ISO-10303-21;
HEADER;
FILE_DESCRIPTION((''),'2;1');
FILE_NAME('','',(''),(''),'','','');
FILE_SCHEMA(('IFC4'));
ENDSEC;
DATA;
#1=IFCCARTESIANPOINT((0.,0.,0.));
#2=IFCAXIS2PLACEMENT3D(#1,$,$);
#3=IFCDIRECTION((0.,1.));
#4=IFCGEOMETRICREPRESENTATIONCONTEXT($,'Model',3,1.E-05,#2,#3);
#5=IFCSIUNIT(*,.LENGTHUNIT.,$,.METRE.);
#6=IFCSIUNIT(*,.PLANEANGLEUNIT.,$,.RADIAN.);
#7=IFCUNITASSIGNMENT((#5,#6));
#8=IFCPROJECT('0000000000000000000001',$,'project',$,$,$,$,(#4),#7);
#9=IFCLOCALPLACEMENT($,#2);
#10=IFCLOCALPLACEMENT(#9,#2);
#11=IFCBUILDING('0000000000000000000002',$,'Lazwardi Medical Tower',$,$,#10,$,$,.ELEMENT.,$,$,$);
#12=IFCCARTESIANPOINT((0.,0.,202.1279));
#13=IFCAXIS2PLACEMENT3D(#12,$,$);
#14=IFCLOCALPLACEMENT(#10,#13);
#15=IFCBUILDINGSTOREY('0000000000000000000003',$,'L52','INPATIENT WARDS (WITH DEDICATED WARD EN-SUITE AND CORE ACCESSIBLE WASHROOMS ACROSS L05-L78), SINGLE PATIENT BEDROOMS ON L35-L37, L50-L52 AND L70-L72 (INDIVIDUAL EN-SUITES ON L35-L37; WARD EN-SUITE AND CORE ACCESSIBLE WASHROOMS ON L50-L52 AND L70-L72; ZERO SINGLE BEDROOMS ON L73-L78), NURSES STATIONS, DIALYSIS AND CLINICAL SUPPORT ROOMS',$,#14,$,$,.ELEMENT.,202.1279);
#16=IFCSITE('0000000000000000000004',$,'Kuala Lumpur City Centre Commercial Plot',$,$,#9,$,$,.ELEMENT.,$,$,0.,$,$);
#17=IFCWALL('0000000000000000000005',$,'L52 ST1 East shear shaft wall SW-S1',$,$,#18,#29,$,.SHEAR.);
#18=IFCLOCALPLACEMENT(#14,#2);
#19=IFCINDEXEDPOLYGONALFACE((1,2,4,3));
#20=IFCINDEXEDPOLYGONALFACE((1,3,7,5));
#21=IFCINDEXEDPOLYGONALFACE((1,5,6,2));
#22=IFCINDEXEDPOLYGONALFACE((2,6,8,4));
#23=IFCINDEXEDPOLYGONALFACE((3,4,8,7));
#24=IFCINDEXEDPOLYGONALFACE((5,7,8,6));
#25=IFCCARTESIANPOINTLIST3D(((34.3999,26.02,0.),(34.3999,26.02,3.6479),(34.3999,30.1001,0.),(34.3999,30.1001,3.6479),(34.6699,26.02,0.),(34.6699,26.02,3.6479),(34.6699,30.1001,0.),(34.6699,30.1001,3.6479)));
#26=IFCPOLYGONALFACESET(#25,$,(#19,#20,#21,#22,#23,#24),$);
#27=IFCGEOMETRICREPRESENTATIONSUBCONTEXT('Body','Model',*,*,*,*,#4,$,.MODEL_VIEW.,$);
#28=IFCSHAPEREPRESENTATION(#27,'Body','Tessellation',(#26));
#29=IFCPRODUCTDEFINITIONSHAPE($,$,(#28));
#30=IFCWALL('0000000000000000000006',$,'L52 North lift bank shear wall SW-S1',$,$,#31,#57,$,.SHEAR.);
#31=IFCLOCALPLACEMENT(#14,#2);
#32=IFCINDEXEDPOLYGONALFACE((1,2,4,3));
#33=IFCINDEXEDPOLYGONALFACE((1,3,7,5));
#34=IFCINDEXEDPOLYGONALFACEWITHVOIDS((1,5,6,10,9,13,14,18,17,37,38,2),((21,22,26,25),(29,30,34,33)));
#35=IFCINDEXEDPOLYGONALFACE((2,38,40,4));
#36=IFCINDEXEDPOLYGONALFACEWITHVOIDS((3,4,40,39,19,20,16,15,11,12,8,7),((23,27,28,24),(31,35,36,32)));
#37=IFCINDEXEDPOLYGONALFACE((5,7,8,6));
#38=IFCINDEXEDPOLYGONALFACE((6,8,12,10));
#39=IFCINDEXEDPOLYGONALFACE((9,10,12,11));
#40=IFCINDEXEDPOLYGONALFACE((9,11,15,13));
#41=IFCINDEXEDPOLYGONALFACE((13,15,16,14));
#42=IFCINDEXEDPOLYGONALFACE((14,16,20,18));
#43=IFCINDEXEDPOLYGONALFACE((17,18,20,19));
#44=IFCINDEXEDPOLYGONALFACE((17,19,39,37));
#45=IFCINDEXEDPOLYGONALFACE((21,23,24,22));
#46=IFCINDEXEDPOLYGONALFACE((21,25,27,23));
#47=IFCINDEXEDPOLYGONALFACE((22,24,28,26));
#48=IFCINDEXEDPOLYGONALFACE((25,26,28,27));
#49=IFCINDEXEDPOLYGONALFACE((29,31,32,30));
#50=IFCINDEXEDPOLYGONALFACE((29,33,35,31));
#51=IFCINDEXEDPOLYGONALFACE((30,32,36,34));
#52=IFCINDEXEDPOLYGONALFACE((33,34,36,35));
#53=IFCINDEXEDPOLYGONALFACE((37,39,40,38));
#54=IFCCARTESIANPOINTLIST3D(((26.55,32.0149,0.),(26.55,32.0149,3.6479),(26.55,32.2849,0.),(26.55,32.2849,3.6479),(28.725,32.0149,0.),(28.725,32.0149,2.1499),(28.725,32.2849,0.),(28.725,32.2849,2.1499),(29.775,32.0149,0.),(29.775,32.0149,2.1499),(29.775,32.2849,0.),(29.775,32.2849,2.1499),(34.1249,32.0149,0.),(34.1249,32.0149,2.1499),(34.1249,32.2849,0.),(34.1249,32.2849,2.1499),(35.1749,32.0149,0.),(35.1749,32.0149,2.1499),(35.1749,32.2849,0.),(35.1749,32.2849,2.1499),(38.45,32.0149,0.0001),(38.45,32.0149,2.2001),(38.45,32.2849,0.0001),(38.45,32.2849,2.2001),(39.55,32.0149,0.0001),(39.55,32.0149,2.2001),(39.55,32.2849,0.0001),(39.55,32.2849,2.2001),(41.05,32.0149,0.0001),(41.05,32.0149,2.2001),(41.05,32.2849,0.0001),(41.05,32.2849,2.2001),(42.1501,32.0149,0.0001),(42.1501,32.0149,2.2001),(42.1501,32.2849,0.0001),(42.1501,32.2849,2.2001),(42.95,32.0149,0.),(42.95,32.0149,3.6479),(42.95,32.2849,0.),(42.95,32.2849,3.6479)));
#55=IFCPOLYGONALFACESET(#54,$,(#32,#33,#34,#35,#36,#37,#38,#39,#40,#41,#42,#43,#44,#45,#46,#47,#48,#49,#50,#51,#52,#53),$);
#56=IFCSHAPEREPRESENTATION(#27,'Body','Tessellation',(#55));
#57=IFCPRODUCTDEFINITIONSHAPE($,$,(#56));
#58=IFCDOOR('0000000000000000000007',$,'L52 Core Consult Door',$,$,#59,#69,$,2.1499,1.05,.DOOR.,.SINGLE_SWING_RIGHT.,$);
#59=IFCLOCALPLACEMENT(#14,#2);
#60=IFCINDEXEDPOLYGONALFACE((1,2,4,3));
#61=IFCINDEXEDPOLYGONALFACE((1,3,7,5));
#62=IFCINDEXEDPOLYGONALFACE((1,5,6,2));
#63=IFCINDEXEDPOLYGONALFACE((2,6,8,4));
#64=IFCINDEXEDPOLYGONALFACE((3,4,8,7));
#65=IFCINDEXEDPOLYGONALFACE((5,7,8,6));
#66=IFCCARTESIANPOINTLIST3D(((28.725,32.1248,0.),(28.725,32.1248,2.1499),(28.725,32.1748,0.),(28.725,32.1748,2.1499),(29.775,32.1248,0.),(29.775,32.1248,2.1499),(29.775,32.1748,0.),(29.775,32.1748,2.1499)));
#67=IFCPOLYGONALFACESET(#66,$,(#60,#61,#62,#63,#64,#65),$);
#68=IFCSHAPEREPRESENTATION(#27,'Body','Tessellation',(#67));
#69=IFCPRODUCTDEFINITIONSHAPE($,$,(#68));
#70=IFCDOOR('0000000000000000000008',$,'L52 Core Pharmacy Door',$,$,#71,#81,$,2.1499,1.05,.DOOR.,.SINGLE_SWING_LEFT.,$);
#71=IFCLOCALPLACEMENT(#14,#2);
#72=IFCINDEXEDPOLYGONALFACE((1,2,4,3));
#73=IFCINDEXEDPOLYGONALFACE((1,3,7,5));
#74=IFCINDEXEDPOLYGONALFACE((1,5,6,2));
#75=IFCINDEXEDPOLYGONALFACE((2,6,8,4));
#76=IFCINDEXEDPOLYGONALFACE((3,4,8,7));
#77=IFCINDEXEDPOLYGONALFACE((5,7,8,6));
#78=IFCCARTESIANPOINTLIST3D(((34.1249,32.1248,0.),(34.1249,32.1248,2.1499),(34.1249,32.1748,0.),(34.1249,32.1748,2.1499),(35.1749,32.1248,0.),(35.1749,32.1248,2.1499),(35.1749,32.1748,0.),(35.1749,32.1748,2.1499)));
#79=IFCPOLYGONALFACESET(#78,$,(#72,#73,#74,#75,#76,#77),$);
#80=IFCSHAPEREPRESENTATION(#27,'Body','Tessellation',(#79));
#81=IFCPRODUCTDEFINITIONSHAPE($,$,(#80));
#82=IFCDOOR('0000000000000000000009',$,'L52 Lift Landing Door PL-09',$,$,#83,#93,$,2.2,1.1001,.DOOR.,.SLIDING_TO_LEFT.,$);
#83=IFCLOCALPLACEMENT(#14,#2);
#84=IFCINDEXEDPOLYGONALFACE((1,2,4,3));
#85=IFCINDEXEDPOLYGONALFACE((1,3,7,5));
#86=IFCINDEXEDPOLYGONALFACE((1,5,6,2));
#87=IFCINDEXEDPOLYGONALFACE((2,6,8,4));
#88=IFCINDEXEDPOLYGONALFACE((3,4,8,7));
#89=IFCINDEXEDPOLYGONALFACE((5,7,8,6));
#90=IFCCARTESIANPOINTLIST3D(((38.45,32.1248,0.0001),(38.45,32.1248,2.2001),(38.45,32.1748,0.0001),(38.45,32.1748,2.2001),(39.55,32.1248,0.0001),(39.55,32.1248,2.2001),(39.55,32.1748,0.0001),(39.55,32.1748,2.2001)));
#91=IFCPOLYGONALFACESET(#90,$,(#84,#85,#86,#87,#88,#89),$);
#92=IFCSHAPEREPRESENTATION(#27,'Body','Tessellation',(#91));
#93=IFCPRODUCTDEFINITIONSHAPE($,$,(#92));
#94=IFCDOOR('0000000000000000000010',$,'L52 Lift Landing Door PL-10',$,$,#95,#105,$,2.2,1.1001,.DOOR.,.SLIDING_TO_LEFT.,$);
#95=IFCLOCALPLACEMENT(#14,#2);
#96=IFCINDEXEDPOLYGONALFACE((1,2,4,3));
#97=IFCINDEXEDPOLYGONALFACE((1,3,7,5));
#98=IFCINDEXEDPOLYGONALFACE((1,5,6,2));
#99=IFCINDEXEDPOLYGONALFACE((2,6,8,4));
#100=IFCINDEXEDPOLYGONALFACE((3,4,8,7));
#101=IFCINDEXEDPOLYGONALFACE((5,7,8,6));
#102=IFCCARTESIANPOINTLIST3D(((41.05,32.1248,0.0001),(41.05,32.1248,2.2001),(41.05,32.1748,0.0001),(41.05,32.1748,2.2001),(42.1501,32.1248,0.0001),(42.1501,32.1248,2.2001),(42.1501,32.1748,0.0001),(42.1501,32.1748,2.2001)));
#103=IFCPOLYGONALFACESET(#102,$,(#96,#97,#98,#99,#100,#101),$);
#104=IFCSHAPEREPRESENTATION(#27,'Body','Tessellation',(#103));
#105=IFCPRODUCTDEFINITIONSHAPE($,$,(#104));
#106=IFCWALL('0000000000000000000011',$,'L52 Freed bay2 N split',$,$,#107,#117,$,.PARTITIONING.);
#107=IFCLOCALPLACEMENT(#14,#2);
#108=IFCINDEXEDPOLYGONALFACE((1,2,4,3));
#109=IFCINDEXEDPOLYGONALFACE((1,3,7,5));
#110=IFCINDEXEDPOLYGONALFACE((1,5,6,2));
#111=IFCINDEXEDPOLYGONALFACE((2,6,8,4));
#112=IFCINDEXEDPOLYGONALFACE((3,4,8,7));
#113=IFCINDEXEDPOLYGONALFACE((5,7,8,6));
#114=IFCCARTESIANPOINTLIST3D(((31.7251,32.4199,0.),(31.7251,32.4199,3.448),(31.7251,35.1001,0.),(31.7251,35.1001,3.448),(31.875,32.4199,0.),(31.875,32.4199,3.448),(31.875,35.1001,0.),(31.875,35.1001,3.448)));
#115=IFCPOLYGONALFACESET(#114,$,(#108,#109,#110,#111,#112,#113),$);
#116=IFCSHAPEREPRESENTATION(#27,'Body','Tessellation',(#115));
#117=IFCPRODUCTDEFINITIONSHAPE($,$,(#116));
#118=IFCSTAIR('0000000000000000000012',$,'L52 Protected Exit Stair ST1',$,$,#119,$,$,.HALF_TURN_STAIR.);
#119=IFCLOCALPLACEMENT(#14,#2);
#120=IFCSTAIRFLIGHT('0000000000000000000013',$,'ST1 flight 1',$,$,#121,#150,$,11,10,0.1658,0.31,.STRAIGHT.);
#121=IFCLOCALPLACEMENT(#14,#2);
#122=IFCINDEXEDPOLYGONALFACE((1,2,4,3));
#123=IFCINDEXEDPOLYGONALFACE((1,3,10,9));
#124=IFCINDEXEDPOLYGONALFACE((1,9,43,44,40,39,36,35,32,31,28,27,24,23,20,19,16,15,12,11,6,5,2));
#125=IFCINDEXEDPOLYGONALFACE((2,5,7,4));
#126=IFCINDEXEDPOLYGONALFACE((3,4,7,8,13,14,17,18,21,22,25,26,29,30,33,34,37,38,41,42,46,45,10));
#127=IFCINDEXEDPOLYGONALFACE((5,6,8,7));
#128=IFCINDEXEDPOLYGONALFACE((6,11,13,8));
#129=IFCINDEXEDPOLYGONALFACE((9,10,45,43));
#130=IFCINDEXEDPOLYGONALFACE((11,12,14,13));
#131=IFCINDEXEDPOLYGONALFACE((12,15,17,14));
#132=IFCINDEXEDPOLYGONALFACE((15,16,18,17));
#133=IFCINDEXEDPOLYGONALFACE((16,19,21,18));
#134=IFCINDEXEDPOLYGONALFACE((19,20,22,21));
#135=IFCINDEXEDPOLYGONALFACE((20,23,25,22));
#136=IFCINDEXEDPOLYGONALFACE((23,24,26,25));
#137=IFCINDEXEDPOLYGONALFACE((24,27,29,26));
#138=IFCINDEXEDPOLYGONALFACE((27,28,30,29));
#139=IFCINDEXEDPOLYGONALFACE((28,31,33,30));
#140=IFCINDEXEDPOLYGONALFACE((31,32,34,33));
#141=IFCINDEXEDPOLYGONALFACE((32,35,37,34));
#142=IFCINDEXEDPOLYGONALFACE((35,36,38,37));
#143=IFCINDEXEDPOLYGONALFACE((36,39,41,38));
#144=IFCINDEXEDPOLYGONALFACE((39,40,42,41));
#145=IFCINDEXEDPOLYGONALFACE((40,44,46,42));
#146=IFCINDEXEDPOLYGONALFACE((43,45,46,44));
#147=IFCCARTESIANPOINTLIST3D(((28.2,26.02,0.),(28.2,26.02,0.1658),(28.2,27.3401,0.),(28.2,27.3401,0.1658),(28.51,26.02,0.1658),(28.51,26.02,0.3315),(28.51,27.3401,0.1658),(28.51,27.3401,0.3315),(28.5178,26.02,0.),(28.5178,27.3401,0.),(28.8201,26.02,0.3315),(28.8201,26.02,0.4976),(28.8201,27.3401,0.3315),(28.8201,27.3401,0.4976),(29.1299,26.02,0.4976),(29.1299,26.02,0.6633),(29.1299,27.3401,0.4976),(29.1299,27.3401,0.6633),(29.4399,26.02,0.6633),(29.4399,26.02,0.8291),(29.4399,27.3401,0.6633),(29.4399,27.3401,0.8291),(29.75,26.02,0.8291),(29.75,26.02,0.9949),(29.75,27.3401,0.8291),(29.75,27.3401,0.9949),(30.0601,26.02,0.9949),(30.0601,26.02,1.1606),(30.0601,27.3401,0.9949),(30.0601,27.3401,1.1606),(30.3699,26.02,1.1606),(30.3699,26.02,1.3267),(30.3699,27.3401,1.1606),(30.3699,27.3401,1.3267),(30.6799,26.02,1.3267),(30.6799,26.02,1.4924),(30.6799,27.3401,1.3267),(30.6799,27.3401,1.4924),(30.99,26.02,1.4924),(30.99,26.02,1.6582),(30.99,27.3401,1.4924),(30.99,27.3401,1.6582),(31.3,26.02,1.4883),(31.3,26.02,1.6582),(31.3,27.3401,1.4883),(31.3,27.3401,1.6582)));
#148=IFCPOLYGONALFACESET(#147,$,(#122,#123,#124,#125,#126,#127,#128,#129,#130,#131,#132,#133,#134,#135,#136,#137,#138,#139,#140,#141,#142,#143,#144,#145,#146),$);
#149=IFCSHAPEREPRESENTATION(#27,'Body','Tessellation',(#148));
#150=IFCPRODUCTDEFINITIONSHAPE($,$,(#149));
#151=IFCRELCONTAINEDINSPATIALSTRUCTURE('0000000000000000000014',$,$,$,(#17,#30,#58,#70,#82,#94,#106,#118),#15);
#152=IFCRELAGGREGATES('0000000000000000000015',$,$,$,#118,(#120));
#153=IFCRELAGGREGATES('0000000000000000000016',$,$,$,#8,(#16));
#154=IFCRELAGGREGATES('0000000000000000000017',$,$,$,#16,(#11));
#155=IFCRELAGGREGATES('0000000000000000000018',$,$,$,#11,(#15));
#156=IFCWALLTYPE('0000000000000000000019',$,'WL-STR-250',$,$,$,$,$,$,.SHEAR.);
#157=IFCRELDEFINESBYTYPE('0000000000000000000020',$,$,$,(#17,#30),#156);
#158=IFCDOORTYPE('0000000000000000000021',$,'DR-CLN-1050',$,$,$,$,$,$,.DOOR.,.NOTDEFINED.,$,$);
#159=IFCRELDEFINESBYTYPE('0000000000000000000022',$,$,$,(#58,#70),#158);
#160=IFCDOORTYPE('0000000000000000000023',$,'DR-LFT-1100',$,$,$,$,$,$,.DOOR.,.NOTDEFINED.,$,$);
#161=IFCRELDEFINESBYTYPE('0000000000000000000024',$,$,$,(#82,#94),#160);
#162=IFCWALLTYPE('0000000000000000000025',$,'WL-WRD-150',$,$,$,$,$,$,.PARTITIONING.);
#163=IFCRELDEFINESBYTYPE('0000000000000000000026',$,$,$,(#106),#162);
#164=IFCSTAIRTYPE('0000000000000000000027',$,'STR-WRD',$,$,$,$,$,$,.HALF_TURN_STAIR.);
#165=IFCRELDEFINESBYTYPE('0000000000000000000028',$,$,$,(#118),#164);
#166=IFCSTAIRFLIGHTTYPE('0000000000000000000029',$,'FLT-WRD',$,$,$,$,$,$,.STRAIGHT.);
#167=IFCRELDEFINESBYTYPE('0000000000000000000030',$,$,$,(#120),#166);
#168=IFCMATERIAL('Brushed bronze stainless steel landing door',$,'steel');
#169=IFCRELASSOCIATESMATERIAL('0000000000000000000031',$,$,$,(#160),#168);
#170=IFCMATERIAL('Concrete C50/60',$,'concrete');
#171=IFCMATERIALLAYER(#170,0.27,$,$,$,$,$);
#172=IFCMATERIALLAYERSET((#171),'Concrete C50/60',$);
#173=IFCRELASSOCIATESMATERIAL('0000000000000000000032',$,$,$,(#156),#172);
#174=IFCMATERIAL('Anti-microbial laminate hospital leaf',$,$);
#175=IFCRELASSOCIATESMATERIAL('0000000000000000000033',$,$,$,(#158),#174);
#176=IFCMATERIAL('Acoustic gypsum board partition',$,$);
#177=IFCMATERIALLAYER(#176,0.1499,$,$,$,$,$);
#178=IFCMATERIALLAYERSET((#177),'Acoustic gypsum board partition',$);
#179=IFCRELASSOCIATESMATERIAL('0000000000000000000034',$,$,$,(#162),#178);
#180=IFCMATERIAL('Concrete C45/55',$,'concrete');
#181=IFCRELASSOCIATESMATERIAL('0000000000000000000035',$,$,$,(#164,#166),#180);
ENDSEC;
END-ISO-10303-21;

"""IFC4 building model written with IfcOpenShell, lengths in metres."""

from ifc_helpers import new_model, si_unit, direction, frame, frame_2d, origin, place, context, subcontext, project, spatial, polyline, rectangle, outline, extrude, material, layer, layer_set, type_object, element, fill, aggregate, save


model = new_model("IFC4")

# Units and contexts
model_context = context("Model", 3, precision=1e-05, world=origin(), true_north=direction((0.0, 1.0)))
body_context = subcontext(model_context, "Body", "Model", "MODEL_VIEW")
ifc_project = project(units=[si_unit("LENGTHUNIT", "METRE"), si_unit("PLANEANGLEUNIT", "RADIAN")], contexts=[model_context])

# Site, building, storey
site_placement = place(None, origin())
site = spatial("IfcSite", under=ifc_project, at=site_placement, Name="Kuala Lumpur City Centre Commercial Plot", CompositionType="ELEMENT", RefElevation=0.0)
building_placement = place(site_placement, origin())
building = spatial("IfcBuilding", under=site, at=building_placement, Name="Lazwardi Medical Tower", CompositionType="ELEMENT")
storey_placement = place(building_placement, frame((0.0, 0.0, 202.1279)))
storey = spatial("IfcBuildingStorey", under=building, at=storey_placement, Name="L52", Description="INPATIENT WARDS (WITH DEDICATED WARD EN-SUITE AND CORE ACCESSIBLE WASHROOMS ACROSS L05-L78), SINGLE PATIENT BEDROOMS ON L35-L37, L50-L52 AND L70-L72 (INDIVIDUAL EN-SUITES ON L35-L37; WARD EN-SUITE AND CORE ACCESSIBLE WASHROOMS ON L50-L52 AND L70-L72; ZERO SINGLE BEDROOMS ON L73-L78), NURSES STATIONS, DIALYSIS AND CLINICAL SUPPORT ROOMS", CompositionType="ELEMENT", Elevation=202.1279)

# Shared definitions
ifc_material_1 = material(Name="Anti-microbial laminate hospital leaf")
ifc_material_2 = material(Name="Brushed bronze stainless steel landing door", Category="steel")
door_type_1 = type_object("IfcDoorType", Name="DR-LFT-1100", OperationType="NOTDEFINED", PredefinedType="DOOR", material=ifc_material_2)

# Shared definitions
ifc_material_3 = material(Name="Concrete C50/60", Category="concrete")
ifc_layer_1 = layer(ifc_material_3, 0.27)
ifc_layer_set_1 = layer_set([ifc_layer_1], Name="Concrete C50/60")
wall_type_1 = type_object("IfcWallType", Name="WL-STR-250", PredefinedType="SHEAR", material=ifc_layer_set_1)

# Shared definitions
door_type_2 = type_object("IfcDoorType", Name="DR-CLN-1050", OperationType="NOTDEFINED", PredefinedType="DOOR", material=ifc_material_1)

# Wall
wall_1_placement = place(storey_placement, frame((34.5349, 26.02, 0.0), z_axis=(0.0, 0.0, 1.0), x_axis=(0.0, 1.0, 0.0)))
element("IfcWall", 1, at=wall_1_placement, inside=storey, type_object=wall_type_1, Name="L52 ST1 East shear shaft wall SW-S1", PredefinedType="SHEAR", context=body_context, shape_type="SweptSolid", body=[
    extrude(rectangle(XDim=4.0801, YDim=0.27, at=frame_2d((2.04, 0.0))), origin(), (0.0, 0.0, 1.0), 3.6479),
])

# Wall, openings, doors
wall_2_placement = place(storey_placement, frame((26.55, 32.1499, 0.0), z_axis=(0.0, 0.0, 1.0), x_axis=(1.0, 0.0, 0.0)))
wall_2 = element("IfcWall", 2, at=wall_2_placement, inside=storey, type_object=wall_type_1, Name="L52 North lift bank shear wall SW-S1", PredefinedType="SHEAR", context=body_context, shape_type="SweptSolid", body=[
    extrude(rectangle(XDim=16.3999, YDim=0.27, at=frame_2d((8.2, 0.0))), origin(), (0.0, 0.0, 1.0), 3.6479),
])
opening_1_placement = place(wall_2_placement, frame((2.175, 0.0, 0.0)))
opening_1 = element("IfcOpeningElement", 3, at=opening_1_placement, cuts=wall_2, PredefinedType="OPENING", context=body_context, shape_type="SweptSolid", body=[
    extrude(rectangle(XDim=1.05, YDim=2.1499, at=frame_2d((0.5249, 1.075))), frame((0.0, 0.145, 0.0), z_axis=(0.0, -1.0, 0.0), x_axis=(1.0, 0.0, 0.0)), (0.0, 0.0, 1.0), 0.29),
])
opening_2_placement = place(wall_2_placement, frame((7.575, 0.0, 0.0)))
opening_2 = element("IfcOpeningElement", 4, at=opening_2_placement, cuts=wall_2, PredefinedType="OPENING", context=body_context, shape_type="SweptSolid", body=[
    extrude(rectangle(XDim=1.05, YDim=2.1499, at=frame_2d((0.5249, 1.075))), frame((0.0, 0.145, 0.0), z_axis=(0.0, -1.0, 0.0), x_axis=(1.0, 0.0, 0.0)), (0.0, 0.0, 1.0), 0.29),
])
opening_3_placement = place(wall_2_placement, frame((11.8999, 0.0, 0.0)))
opening_3 = element("IfcOpeningElement", 5, at=opening_3_placement, cuts=wall_2, PredefinedType="OPENING", context=body_context, shape_type="SweptSolid", body=[
    extrude(rectangle(XDim=1.1001, YDim=2.2, at=frame_2d((0.55, 1.1001))), frame((0.0, 0.145, 0.0), z_axis=(0.0, -1.0, 0.0), x_axis=(1.0, 0.0, 0.0)), (0.0, 0.0, 1.0), 0.29),
])
opening_4_placement = place(wall_2_placement, frame((14.5, 0.0, 0.0)))
opening_4 = element("IfcOpeningElement", 6, at=opening_4_placement, cuts=wall_2, PredefinedType="OPENING", context=body_context, shape_type="SweptSolid", body=[
    extrude(rectangle(XDim=1.1001, YDim=2.2, at=frame_2d((0.55, 1.1001))), frame((0.0, 0.145, 0.0), z_axis=(0.0, -1.0, 0.0), x_axis=(1.0, 0.0, 0.0)), (0.0, 0.0, 1.0), 0.29),
])
door_1_placement = place(opening_1_placement, origin())
door_1 = element("IfcDoor", 7, at=door_1_placement, inside=storey, type_object=door_type_2, Name="L52 Core Consult Door", OperationType="SINGLE_SWING_RIGHT", OverallHeight=2.1499, OverallWidth=1.05, PredefinedType="DOOR", context=body_context, shape_type="SweptSolid", body=[
    extrude(rectangle(XDim=1.05, YDim=2.1499, at=frame_2d((0.5249, 1.075))), frame((0.0, 0.0249, 0.0), z_axis=(0.0, -1.0, 0.0), x_axis=(1.0, 0.0, 0.0)), (0.0, 0.0, 1.0), 0.05),
])
fill(opening_1, door_1)
door_2_placement = place(opening_2_placement, origin())
door_2 = element("IfcDoor", 8, at=door_2_placement, inside=storey, type_object=door_type_2, Name="L52 Core Pharmacy Door", OperationType="SINGLE_SWING_LEFT", OverallHeight=2.1499, OverallWidth=1.05, PredefinedType="DOOR", context=body_context, shape_type="SweptSolid", body=[
    extrude(rectangle(XDim=1.05, YDim=2.1499, at=frame_2d((0.5249, 1.075))), frame((0.0, 0.0249, 0.0), z_axis=(0.0, -1.0, 0.0), x_axis=(1.0, 0.0, 0.0)), (0.0, 0.0, 1.0), 0.05),
])
fill(opening_2, door_2)
door_3_placement = place(opening_3_placement, origin())
door_3 = element("IfcDoor", 9, at=door_3_placement, inside=storey, type_object=door_type_1, Name="L52 Lift Landing Door PL-09", OperationType="SLIDING_TO_LEFT", OverallHeight=2.2, OverallWidth=1.1001, PredefinedType="DOOR", context=body_context, shape_type="SweptSolid", body=[
    extrude(rectangle(XDim=1.1001, YDim=2.2, at=frame_2d((0.55, 1.1001))), frame((0.0, 0.0249, 0.0), z_axis=(0.0, -1.0, 0.0), x_axis=(1.0, 0.0, 0.0)), (0.0, 0.0, 1.0), 0.05),
])
fill(opening_3, door_3)
door_4_placement = place(opening_4_placement, origin())
door_4 = element("IfcDoor", 10, at=door_4_placement, inside=storey, type_object=door_type_1, Name="L52 Lift Landing Door PL-10", OperationType="SLIDING_TO_LEFT", OverallHeight=2.2, OverallWidth=1.1001, PredefinedType="DOOR", context=body_context, shape_type="SweptSolid", body=[
    extrude(rectangle(XDim=1.1001, YDim=2.2, at=frame_2d((0.55, 1.1001))), frame((0.0, 0.0249, 0.0), z_axis=(0.0, -1.0, 0.0), x_axis=(1.0, 0.0, 0.0)), (0.0, 0.0, 1.0), 0.05),
])
fill(opening_4, door_4)

# Wall
ifc_material_4 = material(Name="Acoustic gypsum board partition")
ifc_layer_2 = layer(ifc_material_4, 0.1499)
ifc_layer_set_2 = layer_set([ifc_layer_2], Name="Acoustic gypsum board partition")
wall_type_2 = type_object("IfcWallType", Name="WL-WRD-150", PredefinedType="PARTITIONING", material=ifc_layer_set_2)
wall_3_placement = place(storey_placement, frame((31.8, 32.4199, 0.0), z_axis=(0.0, 0.0, 1.0), x_axis=(0.0, 1.0, 0.0)))
element("IfcWall", 11, at=wall_3_placement, inside=storey, type_object=wall_type_2, Name="L52 Freed bay2 N split", PredefinedType="PARTITIONING", context=body_context, shape_type="SweptSolid", body=[
    extrude(rectangle(XDim=2.6802, YDim=0.1499, at=frame_2d((1.3401, 0.0))), origin(), (0.0, 0.0, 1.0), 3.448),
])

# Stair, stair flight
ifc_material_5 = material(Name="Concrete C45/55", Category="concrete")
stair_type = type_object("IfcStairType", Name="STR-WRD", PredefinedType="HALF_TURN_STAIR", material=ifc_material_5)
stair_placement = place(storey_placement, origin())
stair = element("IfcStair", 12, at=stair_placement, inside=storey, type_object=stair_type, Name="L52 Protected Exit Stair ST1", PredefinedType="HALF_TURN_STAIR")
stair_flight_type = type_object("IfcStairFlightType", Name="FLT-WRD", PredefinedType="STRAIGHT", material=ifc_material_5)
stair_flight_1_placement = place(storey_placement, frame((28.2, 26.6799, 0.0), z_axis=(0.0, 0.0, 1.0), x_axis=(1.0, 0.0, 0.0)))
stair_flight_1 = element("IfcStairFlight", 13, at=stair_flight_1_placement, type_object=stair_flight_type, Name="ST1 flight 1", NumberOfRisers=11, NumberOfTreads=10, PredefinedType="STRAIGHT", RiserHeight=0.1658, TreadLength=0.31, context=body_context, shape_type="SweptSolid", body=[
    extrude(outline(polyline([(0.0, 0.0), (0.0, 0.1658), (0.3101, 0.1658), (0.3101, 0.3315), (0.6201, 0.3315), (0.6201, 0.4976), (0.9299, 0.4976), (0.9299, 0.6633), (1.24, 0.6633), (1.24, 0.8291), (1.55, 0.8291), (1.55, 0.9949), (1.8601, 0.9949), (1.8601, 1.1606), (2.1699, 1.1606), (2.1699, 1.3267), (2.48, 1.3267), (2.48, 1.4924), (2.79, 1.4924), (2.79, 1.6582), (3.1001, 1.6582), (3.1001, 1.824), (3.1001, 1.4883), (0.3179, 0.0), (0.0, 0.0)])), frame((0.0, 0.6602, 0.0), z_axis=(0.0, -1.0, 0.0), x_axis=(1.0, 0.0, 0.0)), (0.0, 0.0, 1.0), 1.3201),
])
aggregate(stair, [stair_flight_1])

save(model, "model.ifc")
